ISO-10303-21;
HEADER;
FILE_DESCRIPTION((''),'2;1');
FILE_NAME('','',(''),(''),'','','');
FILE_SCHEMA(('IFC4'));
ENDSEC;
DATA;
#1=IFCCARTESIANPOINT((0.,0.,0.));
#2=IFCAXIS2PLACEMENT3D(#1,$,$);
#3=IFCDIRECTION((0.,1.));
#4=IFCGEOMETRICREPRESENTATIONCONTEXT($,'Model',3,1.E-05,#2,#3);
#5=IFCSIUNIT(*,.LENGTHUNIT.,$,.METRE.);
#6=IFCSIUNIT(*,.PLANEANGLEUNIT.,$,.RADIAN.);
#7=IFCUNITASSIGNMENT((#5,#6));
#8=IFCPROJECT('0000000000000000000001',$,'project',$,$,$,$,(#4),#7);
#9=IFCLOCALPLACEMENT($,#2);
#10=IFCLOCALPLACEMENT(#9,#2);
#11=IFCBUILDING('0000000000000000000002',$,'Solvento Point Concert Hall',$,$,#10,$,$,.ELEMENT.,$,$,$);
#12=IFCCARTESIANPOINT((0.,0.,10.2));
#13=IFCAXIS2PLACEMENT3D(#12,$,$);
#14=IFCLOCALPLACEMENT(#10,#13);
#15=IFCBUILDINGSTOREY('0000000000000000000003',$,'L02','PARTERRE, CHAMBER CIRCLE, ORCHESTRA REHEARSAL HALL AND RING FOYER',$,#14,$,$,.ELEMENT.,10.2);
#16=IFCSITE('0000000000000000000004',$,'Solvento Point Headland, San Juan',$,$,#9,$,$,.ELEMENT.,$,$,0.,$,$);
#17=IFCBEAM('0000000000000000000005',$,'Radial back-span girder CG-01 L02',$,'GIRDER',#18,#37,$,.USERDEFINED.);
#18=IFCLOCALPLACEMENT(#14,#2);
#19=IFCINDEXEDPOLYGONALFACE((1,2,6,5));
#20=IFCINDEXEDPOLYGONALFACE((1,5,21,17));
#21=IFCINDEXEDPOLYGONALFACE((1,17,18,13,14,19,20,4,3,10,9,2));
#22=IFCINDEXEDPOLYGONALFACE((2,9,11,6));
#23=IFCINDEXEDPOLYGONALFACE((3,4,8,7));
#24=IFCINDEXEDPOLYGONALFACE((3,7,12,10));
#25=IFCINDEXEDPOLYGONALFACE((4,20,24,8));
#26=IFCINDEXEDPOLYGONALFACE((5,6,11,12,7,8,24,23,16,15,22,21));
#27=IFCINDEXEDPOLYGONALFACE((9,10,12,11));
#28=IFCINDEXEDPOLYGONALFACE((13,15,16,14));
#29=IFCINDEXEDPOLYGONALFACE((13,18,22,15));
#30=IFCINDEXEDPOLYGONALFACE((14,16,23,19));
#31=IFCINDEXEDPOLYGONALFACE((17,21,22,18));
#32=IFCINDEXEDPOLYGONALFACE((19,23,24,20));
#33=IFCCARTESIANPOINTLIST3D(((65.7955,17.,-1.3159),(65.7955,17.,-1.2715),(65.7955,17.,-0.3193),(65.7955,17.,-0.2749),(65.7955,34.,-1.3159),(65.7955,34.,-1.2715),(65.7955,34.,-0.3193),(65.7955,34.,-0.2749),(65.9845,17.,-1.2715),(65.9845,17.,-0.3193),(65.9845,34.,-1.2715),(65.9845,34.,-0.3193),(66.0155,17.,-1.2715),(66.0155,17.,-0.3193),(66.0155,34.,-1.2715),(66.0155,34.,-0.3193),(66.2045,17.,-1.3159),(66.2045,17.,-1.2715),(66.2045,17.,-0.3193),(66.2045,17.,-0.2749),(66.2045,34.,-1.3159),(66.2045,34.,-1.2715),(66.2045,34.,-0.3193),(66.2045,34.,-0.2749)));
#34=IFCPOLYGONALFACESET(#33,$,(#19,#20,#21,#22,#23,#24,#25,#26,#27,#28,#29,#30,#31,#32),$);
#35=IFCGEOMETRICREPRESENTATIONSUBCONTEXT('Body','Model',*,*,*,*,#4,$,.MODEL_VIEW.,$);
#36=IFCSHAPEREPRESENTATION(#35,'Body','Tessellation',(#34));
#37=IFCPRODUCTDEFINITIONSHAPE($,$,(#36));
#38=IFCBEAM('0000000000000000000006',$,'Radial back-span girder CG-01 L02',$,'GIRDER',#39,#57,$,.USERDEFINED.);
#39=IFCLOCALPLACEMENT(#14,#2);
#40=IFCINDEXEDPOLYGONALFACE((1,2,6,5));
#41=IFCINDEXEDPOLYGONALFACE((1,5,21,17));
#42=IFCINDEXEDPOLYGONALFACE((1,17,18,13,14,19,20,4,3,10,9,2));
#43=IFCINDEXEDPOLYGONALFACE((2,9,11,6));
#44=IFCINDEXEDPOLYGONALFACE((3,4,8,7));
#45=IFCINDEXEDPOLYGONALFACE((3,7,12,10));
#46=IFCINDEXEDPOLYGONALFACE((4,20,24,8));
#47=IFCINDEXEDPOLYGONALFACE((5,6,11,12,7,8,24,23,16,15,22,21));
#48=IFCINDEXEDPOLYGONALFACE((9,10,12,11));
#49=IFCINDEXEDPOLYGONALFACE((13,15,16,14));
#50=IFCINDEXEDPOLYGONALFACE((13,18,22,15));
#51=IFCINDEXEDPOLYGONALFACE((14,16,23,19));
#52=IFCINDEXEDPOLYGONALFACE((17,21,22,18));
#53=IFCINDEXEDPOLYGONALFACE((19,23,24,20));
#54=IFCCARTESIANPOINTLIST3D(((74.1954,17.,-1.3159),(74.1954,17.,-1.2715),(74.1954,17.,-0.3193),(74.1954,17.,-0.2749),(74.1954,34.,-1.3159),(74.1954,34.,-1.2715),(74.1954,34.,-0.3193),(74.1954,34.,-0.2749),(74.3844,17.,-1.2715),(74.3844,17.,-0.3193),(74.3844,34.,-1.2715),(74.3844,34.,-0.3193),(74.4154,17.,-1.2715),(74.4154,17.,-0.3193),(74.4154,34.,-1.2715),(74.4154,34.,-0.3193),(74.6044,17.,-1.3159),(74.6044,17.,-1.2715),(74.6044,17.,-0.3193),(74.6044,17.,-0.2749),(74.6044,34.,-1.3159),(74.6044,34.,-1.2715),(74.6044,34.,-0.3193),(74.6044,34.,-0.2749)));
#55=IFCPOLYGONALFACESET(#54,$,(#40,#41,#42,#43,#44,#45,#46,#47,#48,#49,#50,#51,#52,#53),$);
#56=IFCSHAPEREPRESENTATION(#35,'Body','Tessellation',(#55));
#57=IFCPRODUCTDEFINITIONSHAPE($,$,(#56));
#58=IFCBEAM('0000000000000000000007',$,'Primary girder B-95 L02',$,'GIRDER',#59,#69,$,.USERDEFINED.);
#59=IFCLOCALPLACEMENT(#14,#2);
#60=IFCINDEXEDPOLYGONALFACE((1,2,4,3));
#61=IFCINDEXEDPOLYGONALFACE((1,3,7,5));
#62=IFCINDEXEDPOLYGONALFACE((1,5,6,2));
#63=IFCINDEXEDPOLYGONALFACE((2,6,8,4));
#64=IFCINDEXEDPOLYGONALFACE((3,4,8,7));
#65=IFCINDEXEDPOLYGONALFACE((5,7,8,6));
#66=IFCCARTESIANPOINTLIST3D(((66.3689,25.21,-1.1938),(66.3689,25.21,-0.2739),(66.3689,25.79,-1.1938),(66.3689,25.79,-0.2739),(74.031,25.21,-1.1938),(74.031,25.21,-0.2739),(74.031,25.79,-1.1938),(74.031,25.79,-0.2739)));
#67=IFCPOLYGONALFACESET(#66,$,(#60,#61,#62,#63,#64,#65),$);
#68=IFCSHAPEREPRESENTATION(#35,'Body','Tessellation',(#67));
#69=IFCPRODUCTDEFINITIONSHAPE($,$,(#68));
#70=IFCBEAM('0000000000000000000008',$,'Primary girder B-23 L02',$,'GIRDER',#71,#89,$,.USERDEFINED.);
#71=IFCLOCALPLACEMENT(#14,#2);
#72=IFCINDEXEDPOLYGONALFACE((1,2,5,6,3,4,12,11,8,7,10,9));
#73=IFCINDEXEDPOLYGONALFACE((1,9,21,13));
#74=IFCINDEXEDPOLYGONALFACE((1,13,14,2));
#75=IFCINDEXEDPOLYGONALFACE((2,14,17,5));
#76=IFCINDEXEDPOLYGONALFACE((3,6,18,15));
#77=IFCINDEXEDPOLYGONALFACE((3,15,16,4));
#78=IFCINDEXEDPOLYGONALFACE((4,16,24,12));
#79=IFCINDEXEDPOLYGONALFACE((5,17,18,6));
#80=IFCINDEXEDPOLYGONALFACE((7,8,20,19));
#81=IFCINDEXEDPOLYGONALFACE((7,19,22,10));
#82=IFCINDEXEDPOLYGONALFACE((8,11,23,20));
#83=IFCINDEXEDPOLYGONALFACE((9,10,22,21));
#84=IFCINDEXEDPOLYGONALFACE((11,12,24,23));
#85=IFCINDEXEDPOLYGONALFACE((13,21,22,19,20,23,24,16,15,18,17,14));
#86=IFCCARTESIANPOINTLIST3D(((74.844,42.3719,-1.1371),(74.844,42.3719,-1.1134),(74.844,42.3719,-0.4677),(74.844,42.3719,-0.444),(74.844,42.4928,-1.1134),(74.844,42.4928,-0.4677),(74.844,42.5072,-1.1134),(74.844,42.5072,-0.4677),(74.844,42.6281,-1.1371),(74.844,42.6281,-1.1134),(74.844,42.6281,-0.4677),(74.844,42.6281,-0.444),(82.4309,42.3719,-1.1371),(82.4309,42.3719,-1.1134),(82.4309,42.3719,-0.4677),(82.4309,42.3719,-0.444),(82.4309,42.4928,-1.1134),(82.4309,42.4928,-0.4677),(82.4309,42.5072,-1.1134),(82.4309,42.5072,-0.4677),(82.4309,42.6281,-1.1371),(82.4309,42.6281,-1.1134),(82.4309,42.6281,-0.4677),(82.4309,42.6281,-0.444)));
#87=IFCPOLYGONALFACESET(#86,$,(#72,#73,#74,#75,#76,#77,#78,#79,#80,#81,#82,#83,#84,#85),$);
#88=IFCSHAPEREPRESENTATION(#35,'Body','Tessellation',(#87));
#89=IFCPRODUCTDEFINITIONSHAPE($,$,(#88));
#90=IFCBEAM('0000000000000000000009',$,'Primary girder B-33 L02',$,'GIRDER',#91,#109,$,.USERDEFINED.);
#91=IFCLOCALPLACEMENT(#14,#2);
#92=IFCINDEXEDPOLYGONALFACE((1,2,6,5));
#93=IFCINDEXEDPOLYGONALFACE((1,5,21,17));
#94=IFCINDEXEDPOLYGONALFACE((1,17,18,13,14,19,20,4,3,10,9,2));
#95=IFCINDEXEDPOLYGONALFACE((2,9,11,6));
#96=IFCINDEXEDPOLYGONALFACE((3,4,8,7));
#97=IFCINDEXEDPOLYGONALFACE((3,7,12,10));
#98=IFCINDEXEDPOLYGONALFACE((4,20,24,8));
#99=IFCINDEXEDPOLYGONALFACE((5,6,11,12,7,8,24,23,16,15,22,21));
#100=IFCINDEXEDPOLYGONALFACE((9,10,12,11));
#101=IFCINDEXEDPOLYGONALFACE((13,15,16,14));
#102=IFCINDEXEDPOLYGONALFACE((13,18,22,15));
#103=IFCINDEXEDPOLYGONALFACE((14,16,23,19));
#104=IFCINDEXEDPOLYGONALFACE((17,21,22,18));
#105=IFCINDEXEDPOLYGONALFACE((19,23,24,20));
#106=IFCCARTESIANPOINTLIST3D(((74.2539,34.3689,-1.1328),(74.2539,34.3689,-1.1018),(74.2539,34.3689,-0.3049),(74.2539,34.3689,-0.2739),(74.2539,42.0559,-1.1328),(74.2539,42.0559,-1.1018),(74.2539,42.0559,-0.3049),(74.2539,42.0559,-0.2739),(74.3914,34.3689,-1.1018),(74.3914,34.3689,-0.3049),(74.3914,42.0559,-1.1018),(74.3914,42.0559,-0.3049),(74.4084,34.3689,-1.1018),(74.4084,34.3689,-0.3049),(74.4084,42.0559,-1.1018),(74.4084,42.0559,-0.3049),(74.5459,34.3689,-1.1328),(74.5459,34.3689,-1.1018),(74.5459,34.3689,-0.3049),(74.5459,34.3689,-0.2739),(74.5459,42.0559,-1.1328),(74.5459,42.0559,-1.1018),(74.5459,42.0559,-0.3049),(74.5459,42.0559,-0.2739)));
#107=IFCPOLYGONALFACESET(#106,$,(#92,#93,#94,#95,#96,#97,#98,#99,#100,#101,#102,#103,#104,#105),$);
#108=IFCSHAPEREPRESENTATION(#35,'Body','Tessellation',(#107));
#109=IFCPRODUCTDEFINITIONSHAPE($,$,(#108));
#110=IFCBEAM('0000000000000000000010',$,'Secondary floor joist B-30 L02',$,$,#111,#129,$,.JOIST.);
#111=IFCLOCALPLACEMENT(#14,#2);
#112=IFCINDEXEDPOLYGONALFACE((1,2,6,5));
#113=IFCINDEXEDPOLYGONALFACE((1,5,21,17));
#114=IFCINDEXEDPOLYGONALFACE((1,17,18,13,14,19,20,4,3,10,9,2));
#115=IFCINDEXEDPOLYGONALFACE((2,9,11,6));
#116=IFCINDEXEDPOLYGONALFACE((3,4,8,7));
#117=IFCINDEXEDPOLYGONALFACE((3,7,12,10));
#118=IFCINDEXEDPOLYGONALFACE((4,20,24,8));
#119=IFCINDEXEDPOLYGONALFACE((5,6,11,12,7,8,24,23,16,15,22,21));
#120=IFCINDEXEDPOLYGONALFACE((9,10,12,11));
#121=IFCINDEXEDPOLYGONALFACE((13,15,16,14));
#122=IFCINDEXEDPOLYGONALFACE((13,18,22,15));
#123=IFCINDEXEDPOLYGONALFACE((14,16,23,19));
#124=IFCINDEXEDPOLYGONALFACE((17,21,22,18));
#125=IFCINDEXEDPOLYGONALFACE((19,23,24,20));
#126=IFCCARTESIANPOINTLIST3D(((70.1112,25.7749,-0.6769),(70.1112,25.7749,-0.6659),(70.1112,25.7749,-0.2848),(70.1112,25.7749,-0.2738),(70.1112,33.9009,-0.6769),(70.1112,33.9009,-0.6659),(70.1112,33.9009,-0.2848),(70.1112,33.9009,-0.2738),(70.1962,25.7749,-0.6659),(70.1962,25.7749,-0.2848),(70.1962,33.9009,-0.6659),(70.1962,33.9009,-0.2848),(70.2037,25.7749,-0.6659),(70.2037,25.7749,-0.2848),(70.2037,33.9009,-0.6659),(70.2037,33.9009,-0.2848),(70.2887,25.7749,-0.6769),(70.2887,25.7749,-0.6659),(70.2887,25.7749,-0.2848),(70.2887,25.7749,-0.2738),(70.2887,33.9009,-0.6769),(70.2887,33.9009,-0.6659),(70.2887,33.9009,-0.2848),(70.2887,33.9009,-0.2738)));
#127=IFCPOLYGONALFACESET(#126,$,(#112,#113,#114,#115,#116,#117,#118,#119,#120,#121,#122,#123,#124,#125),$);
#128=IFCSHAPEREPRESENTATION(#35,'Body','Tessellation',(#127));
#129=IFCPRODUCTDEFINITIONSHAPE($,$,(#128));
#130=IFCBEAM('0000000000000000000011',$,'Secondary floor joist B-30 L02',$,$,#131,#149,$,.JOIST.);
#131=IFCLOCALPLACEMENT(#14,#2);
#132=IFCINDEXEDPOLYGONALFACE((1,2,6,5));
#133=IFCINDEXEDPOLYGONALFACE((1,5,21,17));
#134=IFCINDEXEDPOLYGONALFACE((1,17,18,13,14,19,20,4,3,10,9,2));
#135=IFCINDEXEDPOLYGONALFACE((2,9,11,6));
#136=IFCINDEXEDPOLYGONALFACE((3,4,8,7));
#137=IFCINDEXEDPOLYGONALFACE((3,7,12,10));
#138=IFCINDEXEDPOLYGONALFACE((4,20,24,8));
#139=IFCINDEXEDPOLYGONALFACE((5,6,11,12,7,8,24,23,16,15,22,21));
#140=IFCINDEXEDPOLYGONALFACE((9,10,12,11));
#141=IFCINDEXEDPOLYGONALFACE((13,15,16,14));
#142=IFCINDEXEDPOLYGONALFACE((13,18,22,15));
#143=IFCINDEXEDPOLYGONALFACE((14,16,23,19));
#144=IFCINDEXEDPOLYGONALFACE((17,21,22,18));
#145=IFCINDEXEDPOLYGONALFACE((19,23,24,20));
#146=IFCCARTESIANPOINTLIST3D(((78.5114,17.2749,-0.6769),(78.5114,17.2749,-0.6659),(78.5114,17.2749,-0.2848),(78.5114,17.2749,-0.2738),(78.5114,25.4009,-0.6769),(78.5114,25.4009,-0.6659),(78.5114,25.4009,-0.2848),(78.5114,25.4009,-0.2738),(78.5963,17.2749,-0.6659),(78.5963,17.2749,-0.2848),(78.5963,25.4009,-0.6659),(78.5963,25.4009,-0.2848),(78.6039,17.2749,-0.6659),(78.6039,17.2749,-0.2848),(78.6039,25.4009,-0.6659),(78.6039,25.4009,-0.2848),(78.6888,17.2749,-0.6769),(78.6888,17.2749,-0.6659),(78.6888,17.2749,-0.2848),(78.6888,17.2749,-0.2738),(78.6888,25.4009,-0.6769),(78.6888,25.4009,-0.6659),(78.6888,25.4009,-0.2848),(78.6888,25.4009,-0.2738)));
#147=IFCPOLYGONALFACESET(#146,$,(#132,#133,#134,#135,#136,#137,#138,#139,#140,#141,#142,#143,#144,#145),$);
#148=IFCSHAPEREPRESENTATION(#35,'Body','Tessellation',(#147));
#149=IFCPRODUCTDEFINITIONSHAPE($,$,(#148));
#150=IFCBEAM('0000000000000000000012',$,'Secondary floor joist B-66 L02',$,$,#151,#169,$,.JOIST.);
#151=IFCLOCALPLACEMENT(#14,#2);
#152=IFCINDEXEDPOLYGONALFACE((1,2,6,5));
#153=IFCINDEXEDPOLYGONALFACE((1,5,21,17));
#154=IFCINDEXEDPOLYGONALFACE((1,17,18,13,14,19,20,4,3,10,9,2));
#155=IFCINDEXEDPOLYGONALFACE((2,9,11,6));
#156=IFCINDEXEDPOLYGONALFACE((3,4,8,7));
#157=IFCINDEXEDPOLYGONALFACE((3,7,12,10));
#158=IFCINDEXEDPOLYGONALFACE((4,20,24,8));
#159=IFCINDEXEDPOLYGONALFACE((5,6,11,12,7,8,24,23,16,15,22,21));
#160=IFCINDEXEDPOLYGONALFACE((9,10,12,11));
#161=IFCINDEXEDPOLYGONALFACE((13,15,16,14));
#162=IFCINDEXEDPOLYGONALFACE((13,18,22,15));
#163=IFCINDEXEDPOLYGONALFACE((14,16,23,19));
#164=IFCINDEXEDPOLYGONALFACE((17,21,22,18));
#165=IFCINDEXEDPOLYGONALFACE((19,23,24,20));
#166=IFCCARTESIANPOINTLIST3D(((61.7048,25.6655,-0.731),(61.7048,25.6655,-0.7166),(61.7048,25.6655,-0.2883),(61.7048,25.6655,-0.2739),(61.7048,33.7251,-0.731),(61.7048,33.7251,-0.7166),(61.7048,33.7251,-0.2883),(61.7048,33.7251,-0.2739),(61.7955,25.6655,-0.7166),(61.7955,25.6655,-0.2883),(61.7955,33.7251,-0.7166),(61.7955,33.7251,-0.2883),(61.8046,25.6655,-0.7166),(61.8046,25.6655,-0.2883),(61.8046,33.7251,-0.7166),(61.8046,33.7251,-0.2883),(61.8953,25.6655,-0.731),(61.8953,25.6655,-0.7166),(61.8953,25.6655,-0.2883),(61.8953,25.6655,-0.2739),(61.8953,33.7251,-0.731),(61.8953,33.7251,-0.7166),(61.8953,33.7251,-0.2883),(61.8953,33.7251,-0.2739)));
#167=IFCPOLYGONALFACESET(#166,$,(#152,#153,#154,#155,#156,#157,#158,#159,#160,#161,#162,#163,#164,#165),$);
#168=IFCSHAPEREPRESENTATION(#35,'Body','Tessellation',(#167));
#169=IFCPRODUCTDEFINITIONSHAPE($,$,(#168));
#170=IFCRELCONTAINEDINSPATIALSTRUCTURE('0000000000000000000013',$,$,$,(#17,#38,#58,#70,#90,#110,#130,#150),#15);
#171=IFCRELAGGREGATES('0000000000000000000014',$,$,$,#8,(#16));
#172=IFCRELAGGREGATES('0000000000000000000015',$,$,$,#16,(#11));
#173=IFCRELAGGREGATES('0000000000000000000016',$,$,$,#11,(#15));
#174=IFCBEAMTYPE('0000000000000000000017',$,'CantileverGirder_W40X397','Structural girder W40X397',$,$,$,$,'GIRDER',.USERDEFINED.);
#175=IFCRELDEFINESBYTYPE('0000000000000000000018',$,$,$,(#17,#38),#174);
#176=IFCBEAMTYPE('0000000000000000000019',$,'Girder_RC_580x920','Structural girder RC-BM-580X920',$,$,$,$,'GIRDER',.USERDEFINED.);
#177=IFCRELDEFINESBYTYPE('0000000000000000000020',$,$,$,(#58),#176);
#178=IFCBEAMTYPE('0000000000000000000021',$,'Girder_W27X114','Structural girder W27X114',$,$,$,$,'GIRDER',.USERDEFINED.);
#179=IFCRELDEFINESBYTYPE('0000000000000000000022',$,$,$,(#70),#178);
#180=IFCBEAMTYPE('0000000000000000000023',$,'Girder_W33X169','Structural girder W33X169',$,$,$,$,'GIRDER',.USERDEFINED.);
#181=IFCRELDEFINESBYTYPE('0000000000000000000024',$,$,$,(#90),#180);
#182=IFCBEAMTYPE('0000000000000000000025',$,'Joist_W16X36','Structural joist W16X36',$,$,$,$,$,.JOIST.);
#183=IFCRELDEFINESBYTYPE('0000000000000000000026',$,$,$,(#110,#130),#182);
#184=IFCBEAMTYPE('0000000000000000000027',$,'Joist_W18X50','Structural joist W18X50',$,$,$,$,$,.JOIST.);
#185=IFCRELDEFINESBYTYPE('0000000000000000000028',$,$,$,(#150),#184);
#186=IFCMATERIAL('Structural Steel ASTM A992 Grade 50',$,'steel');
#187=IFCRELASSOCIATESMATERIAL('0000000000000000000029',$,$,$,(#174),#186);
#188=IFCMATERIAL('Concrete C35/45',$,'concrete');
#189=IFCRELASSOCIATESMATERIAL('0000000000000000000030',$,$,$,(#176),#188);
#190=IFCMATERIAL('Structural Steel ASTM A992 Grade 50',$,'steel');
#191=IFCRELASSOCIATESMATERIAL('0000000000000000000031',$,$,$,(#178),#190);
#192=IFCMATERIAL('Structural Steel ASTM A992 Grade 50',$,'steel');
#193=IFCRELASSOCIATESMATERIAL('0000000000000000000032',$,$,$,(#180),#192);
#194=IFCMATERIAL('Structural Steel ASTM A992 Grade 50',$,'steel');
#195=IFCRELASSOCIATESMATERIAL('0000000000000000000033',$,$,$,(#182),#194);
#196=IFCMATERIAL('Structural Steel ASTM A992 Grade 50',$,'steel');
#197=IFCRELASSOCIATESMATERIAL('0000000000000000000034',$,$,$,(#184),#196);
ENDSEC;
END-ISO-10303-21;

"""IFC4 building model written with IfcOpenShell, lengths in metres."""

from ifc_helpers import new_model, si_unit, direction, frame, origin, origin_2d, place, context, subcontext, project, spatial, rectangle, i_section, extrude, material, material_profile, profile_set, type_object, element, save


model = new_model("IFC4")

# Units and contexts
model_context = context("Model", 3, precision=1e-05, world=origin(), true_north=direction((0.0, 1.0)))
body_context = subcontext(model_context, "Body", "Model", "MODEL_VIEW")
ifc_project = project(units=[si_unit("LENGTHUNIT", "METRE"), si_unit("PLANEANGLEUNIT", "RADIAN")], contexts=[model_context])

# Site, building, storey
site_placement = place(None, origin())
site = spatial("IfcSite", under=ifc_project, at=site_placement, Name="Solvento Point Headland, San Juan", CompositionType="ELEMENT", RefElevation=0.0)
building_placement = place(site_placement, origin())
building = spatial("IfcBuilding", under=site, at=building_placement, Name="Solvento Point Concert Hall", CompositionType="ELEMENT")
storey_placement = place(building_placement, frame((0.0, 0.0, 10.2)))
storey = spatial("IfcBuildingStorey", under=building, at=storey_placement, Name="L02", Description="PARTERRE, CHAMBER CIRCLE, ORCHESTRA REHEARSAL HALL AND RING FOYER", CompositionType="ELEMENT", Elevation=10.2)

# Beams
ifc_material_1 = material(Name="Structural Steel ASTM A992 Grade 50", Category="steel")
ifc_material_profile_1 = material_profile(ifc_material_1, i_section(OverallWidth=0.4089, OverallDepth=1.041, WebThickness=0.031, FlangeThickness=0.0444, at=origin_2d()), Name="W40X397")
ifc_profile_set_1 = profile_set([ifc_material_profile_1], Name="Structural Steel ASTM A992 Grade 50")
beam_type_1 = type_object("IfcBeamType", Name="CantileverGirder_W40X397", Description="Structural girder W40X397", ElementType="GIRDER", PredefinedType="USERDEFINED", material=ifc_profile_set_1)
for number, where, z_axis, x_axis, name in (
    (1, (66.0, 34.0, -0.7954), (0.0, -1.0, 0.0), (1.0, 0.0, 0.0), "Radial back-span girder CG-01 L02"),
    (2, (74.3999, 34.0, -0.7954), (0.0, -1.0, 0.0), (1.0, 0.0, 0.0), "Radial back-span girder CG-01 L02"),
):
    element("IfcBeam", number, at=place(storey_placement, frame(where, z_axis=z_axis, x_axis=x_axis)), inside=storey, type_object=beam_type_1, Name=name, ObjectType="GIRDER", PredefinedType="USERDEFINED", context=body_context, shape_type="SweptSolid", body=[
        extrude(i_section(OverallWidth=0.4089, OverallDepth=1.041, WebThickness=0.031, FlangeThickness=0.0444, at=origin_2d()), origin(), (0.0, 0.0, 1.0), 17.0),
    ])
ifc_material_2 = material(Name="Concrete C35/45", Category="concrete")
ifc_material_profile_2 = material_profile(ifc_material_2, rectangle(XDim=0.5801, YDim=0.9199, at=origin_2d()), Name="RC-BM-580X920")
ifc_profile_set_2 = profile_set([ifc_material_profile_2], Name="Concrete C35/45")
beam_type_2 = type_object("IfcBeamType", Name="Girder_RC_580x920", Description="Structural girder RC-BM-580X920", ElementType="GIRDER", PredefinedType="USERDEFINED", material=ifc_profile_set_2)
beam_1_placement = place(storey_placement, frame((66.3689, 25.5, -0.7339), z_axis=(1.0, 0.0, 0.0), x_axis=(0.0, 1.0, 0.0)))
element("IfcBeam", 3, at=beam_1_placement, inside=storey, type_object=beam_type_2, Name="Primary girder B-95 L02", ObjectType="GIRDER", PredefinedType="USERDEFINED", context=body_context, shape_type="SweptSolid", body=[
    extrude(rectangle(XDim=0.5801, YDim=0.9199, at=origin_2d()), origin(), (0.0, 0.0, 1.0), 7.6621),
])
ifc_material_3 = material(Name="Structural Steel ASTM A992 Grade 50", Category="steel")
ifc_material_profile_3 = material_profile(ifc_material_3, i_section(OverallWidth=0.2561, OverallDepth=0.6931, WebThickness=0.0144, FlangeThickness=0.0237, at=origin_2d()), Name="W27X114")
ifc_profile_set_3 = profile_set([ifc_material_profile_3], Name="Structural Steel ASTM A992 Grade 50")
beam_type_3 = type_object("IfcBeamType", Name="Girder_W27X114", Description="Structural girder W27X114", ElementType="GIRDER", PredefinedType="USERDEFINED", material=ifc_profile_set_3)
beam_2_placement = place(storey_placement, frame((74.844, 42.5, -0.7905), z_axis=(1.0, 0.0, 0.0), x_axis=(0.0, 1.0, 0.0)))
element("IfcBeam", 4, at=beam_2_placement, inside=storey, type_object=beam_type_3, Name="Primary girder B-23 L02", ObjectType="GIRDER", PredefinedType="USERDEFINED", context=body_context, shape_type="SweptSolid", body=[
    extrude(i_section(OverallWidth=0.2561, OverallDepth=0.6931, WebThickness=0.0144, FlangeThickness=0.0237, at=origin_2d()), origin(), (0.0, 0.0, 1.0), 7.5869),
])
ifc_material_4 = material(Name="Structural Steel ASTM A992 Grade 50", Category="steel")
ifc_material_profile_4 = material_profile(ifc_material_4, i_section(OverallWidth=0.292, OverallDepth=0.8589, WebThickness=0.0171, FlangeThickness=0.031, at=origin_2d()), Name="W33X169")
ifc_profile_set_4 = profile_set([ifc_material_profile_4], Name="Structural Steel ASTM A992 Grade 50")
beam_type_4 = type_object("IfcBeamType", Name="Girder_W33X169", Description="Structural girder W33X169", ElementType="GIRDER", PredefinedType="USERDEFINED", material=ifc_profile_set_4)
beam_3_placement = place(storey_placement, frame((74.3999, 34.3689, -0.7034), z_axis=(0.0, 1.0, 0.0), x_axis=(-1.0, 0.0, 0.0)))
element("IfcBeam", 5, at=beam_3_placement, inside=storey, type_object=beam_type_4, Name="Primary girder B-33 L02", ObjectType="GIRDER", PredefinedType="USERDEFINED", context=body_context, shape_type="SweptSolid", body=[
    extrude(i_section(OverallWidth=0.292, OverallDepth=0.8589, WebThickness=0.0171, FlangeThickness=0.031, at=origin_2d()), origin(), (0.0, 0.0, 1.0), 7.687),
])
ifc_material_5 = material(Name="Structural Steel ASTM A992 Grade 50", Category="steel")
ifc_material_profile_5 = material_profile(ifc_material_5, i_section(OverallWidth=0.1775, OverallDepth=0.4031, WebThickness=0.0076, FlangeThickness=0.011, at=origin_2d()), Name="W16X36")
ifc_profile_set_5 = profile_set([ifc_material_profile_5], Name="Structural Steel ASTM A992 Grade 50")
beam_type_5 = type_object("IfcBeamType", Name="Joist_W16X36", Description="Structural joist W16X36", PredefinedType="JOIST", material=ifc_profile_set_5)
for number, where, z_axis, x_axis, name in (
    (6, (70.2, 25.7749, -0.4753), (0.0, 1.0, 0.0), (-1.0, 0.0, 0.0), "Secondary floor joist B-30 L02"),
    (7, (78.6001, 17.2749, -0.4753), (0.0, 1.0, 0.0), (-1.0, 0.0, 0.0), "Secondary floor joist B-30 L02"),
):
    element("IfcBeam", number, at=place(storey_placement, frame(where, z_axis=z_axis, x_axis=x_axis)), inside=storey, type_object=beam_type_5, Name=name, PredefinedType="JOIST", context=body_context, shape_type="SweptSolid", body=[
        extrude(i_section(OverallWidth=0.1775, OverallDepth=0.4031, WebThickness=0.0076, FlangeThickness=0.011, at=origin_2d()), origin(), (0.0, 0.0, 1.0), 8.126),
    ])
ifc_material_6 = material(Name="Structural Steel ASTM A992 Grade 50", Category="steel")
ifc_material_profile_6 = material_profile(ifc_material_6, i_section(OverallWidth=0.1904, OverallDepth=0.457, WebThickness=0.009, FlangeThickness=0.0144, at=origin_2d()), Name="W18X50")
ifc_profile_set_6 = profile_set([ifc_material_profile_6], Name="Structural Steel ASTM A992 Grade 50")
beam_type_6 = type_object("IfcBeamType", Name="Joist_W18X50", Description="Structural joist W18X50", PredefinedType="JOIST", material=ifc_profile_set_6)
for number, where, z_axis, x_axis, name in (
    (8, (61.8, 25.6655, -0.5024), (0.0, 1.0, 0.0), (-1.0, 0.0, 0.0), "Secondary floor joist B-66 L02"),
):
    element("IfcBeam", number, at=place(storey_placement, frame(where, z_axis=z_axis, x_axis=x_axis)), inside=storey, type_object=beam_type_6, Name=name, PredefinedType="JOIST", context=body_context, shape_type="SweptSolid", body=[
        extrude(i_section(OverallWidth=0.1904, OverallDepth=0.457, WebThickness=0.009, FlangeThickness=0.0144, at=origin_2d()), origin(), (0.0, 0.0, 1.0), 8.0596),
    ])

save(model, "model.ifc")
